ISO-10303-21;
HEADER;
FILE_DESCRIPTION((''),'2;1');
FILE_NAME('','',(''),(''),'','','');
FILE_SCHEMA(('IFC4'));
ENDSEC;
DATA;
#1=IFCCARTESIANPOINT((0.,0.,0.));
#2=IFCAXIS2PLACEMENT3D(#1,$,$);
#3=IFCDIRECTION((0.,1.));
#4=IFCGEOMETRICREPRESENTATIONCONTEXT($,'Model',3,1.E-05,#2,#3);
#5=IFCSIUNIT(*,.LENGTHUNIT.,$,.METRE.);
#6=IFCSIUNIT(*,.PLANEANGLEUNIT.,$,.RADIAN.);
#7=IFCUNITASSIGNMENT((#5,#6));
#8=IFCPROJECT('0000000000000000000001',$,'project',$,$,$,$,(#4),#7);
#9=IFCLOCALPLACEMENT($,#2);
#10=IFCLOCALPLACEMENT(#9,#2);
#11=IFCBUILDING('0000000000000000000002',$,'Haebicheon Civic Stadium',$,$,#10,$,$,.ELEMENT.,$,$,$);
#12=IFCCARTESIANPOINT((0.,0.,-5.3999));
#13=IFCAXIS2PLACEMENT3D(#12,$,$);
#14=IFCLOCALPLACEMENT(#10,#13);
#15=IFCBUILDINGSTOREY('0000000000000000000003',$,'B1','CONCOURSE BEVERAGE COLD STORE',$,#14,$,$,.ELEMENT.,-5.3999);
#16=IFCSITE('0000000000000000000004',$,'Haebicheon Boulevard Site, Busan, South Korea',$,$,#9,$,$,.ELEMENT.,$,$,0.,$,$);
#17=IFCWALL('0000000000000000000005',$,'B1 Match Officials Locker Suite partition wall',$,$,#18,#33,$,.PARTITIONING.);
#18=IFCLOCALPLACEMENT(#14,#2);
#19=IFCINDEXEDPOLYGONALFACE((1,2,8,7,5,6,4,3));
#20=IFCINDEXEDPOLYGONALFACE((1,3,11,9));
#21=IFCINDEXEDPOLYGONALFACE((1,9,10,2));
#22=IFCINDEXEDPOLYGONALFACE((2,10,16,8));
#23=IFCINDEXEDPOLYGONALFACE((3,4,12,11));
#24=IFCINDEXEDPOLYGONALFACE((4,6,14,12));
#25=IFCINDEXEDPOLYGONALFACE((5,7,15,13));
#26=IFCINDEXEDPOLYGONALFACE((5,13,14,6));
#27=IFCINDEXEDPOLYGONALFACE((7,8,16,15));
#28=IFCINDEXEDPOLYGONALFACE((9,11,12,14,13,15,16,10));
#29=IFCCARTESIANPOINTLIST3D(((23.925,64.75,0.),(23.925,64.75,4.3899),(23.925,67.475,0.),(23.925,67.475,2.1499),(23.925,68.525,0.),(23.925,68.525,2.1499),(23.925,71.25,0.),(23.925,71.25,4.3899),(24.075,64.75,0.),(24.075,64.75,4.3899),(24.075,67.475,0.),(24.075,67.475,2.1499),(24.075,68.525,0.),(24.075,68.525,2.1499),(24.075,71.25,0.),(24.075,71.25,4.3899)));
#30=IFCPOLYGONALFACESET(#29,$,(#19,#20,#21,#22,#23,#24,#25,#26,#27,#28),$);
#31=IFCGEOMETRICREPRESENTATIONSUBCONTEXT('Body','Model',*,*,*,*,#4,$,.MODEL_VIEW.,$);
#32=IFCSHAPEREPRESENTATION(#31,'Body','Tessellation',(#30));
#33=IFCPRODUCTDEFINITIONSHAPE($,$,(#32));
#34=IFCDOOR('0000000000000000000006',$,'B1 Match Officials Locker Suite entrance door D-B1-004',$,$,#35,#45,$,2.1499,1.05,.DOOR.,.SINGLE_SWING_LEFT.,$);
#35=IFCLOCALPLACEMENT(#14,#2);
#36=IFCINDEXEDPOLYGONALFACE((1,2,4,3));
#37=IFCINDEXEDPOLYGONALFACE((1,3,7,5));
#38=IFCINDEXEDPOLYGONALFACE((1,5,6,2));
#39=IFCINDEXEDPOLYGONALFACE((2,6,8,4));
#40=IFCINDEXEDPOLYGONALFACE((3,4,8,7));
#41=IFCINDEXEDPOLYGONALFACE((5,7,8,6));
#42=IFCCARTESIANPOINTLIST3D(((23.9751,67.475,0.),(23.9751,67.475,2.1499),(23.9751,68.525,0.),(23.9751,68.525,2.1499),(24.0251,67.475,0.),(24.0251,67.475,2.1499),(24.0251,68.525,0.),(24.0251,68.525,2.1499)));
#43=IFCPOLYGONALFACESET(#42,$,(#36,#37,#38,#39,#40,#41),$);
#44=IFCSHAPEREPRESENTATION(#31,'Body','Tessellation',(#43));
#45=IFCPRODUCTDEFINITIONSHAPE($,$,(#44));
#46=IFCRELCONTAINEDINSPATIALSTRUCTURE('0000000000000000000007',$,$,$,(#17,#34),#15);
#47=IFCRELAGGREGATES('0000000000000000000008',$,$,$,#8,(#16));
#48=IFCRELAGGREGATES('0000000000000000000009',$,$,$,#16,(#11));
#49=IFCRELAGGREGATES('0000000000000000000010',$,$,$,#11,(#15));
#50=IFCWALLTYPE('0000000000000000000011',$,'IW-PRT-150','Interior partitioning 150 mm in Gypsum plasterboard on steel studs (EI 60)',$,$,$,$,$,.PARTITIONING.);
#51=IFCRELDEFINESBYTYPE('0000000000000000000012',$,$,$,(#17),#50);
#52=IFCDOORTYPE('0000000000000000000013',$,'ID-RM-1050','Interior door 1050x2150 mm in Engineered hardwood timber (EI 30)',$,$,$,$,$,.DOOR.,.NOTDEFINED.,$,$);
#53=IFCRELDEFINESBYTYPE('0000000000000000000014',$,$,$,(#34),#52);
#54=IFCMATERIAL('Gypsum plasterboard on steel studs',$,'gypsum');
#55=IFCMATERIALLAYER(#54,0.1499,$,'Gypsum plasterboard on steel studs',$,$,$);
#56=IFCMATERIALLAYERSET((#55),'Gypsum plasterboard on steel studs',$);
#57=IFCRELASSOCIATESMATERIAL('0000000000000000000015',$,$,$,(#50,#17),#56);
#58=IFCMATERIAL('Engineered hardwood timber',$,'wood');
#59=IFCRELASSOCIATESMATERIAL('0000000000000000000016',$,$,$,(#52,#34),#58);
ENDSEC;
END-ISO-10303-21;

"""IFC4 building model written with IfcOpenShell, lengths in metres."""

from ifc_helpers import new_model, si_unit, direction, frame, frame_2d, origin, place, context, subcontext, project, spatial, rectangle, extrude, material, layer, layer_set, type_object, element, fill, save


model = new_model("IFC4")

# Units and contexts
model_context = context("Model", 3, precision=1e-05, world=origin(), true_north=direction((0.0, 1.0)))
body_context = subcontext(model_context, "Body", "Model", "MODEL_VIEW")
ifc_project = project(units=[si_unit("LENGTHUNIT", "METRE"), si_unit("PLANEANGLEUNIT", "RADIAN")], contexts=[model_context])

# Site, building, storey
site_placement = place(None, origin())
site = spatial("IfcSite", under=ifc_project, at=site_placement, Name="Haebicheon Boulevard Site, Busan, South Korea", CompositionType="ELEMENT", RefElevation=0.0)
building_placement = place(site_placement, origin())
building = spatial("IfcBuilding", under=site, at=building_placement, Name="Haebicheon Civic Stadium", CompositionType="ELEMENT")
storey_placement = place(building_placement, frame((0.0, 0.0, -5.3999)))
storey = spatial("IfcBuildingStorey", under=building, at=storey_placement, Name="B1", Description="CONCOURSE BEVERAGE COLD STORE", CompositionType="ELEMENT", Elevation=-5.3999)

# Wall, opening, door
ifc_material_1 = material(Name="Gypsum plasterboard on steel studs", Category="gypsum")
ifc_layer_1 = layer(ifc_material_1, 0.1499, Name="Gypsum plasterboard on steel studs")
ifc_layer_set_1 = layer_set([ifc_layer_1], Name="Gypsum plasterboard on steel studs")
wall_type = type_object("IfcWallType", Name="IW-PRT-150", Description="Interior partitioning 150 mm in Gypsum plasterboard on steel studs (EI 60)", PredefinedType="PARTITIONING", material=ifc_layer_set_1)
wall_placement = place(storey_placement, frame((24.0, 64.75, 0.0), z_axis=(0.0, 0.0, 1.0), x_axis=(0.0, 1.0, 0.0)))
wall = element("IfcWall", 1, at=wall_placement, inside=storey, type_object=wall_type, material=ifc_layer_set_1, Name="B1 Match Officials Locker Suite partition wall", PredefinedType="PARTITIONING", context=body_context, shape_type="SweptSolid", body=[
    extrude(rectangle(XDim=6.5, YDim=0.1499, at=frame_2d((3.25, 0.0))), origin(), (0.0, 0.0, 1.0), 4.3899),
])
opening_placement = place(wall_placement, frame((2.7251, 0.0, 0.0)))
opening = element("IfcOpeningElement", 2, at=opening_placement, cuts=wall, PredefinedType="OPENING", context=body_context, shape_type="SweptSolid", body=[
    extrude(rectangle(XDim=1.05, YDim=2.1499, at=frame_2d((0.5249, 1.075))), frame((0.0, 0.085, 0.0), z_axis=(0.0, -1.0, 0.0), x_axis=(1.0, 0.0, 0.0)), (0.0, 0.0, 1.0), 0.1699),
])
ifc_material_2 = material(Name="Engineered hardwood timber", Category="wood")
door_type = type_object("IfcDoorType", Name="ID-RM-1050", Description="Interior door 1050x2150 mm in Engineered hardwood timber (EI 30)", OperationType="NOTDEFINED", PredefinedType="DOOR", material=ifc_material_2)
door_placement = place(opening_placement, origin())
door = element("IfcDoor", 3, at=door_placement, inside=storey, type_object=door_type, material=ifc_material_2, Name="B1 Match Officials Locker Suite entrance door D-B1-004", OperationType="SINGLE_SWING_LEFT", OverallHeight=2.1499, OverallWidth=1.05, PredefinedType="DOOR", context=body_context, shape_type="SweptSolid", body=[
    extrude(rectangle(XDim=1.05, YDim=2.1499, at=frame_2d((0.5249, 1.075))), frame((0.0, 0.0249, 0.0), z_axis=(0.0, -1.0, 0.0), x_axis=(1.0, 0.0, 0.0)), (0.0, 0.0, 1.0), 0.05),
])
fill(opening, door)

save(model, "model.ifc")
